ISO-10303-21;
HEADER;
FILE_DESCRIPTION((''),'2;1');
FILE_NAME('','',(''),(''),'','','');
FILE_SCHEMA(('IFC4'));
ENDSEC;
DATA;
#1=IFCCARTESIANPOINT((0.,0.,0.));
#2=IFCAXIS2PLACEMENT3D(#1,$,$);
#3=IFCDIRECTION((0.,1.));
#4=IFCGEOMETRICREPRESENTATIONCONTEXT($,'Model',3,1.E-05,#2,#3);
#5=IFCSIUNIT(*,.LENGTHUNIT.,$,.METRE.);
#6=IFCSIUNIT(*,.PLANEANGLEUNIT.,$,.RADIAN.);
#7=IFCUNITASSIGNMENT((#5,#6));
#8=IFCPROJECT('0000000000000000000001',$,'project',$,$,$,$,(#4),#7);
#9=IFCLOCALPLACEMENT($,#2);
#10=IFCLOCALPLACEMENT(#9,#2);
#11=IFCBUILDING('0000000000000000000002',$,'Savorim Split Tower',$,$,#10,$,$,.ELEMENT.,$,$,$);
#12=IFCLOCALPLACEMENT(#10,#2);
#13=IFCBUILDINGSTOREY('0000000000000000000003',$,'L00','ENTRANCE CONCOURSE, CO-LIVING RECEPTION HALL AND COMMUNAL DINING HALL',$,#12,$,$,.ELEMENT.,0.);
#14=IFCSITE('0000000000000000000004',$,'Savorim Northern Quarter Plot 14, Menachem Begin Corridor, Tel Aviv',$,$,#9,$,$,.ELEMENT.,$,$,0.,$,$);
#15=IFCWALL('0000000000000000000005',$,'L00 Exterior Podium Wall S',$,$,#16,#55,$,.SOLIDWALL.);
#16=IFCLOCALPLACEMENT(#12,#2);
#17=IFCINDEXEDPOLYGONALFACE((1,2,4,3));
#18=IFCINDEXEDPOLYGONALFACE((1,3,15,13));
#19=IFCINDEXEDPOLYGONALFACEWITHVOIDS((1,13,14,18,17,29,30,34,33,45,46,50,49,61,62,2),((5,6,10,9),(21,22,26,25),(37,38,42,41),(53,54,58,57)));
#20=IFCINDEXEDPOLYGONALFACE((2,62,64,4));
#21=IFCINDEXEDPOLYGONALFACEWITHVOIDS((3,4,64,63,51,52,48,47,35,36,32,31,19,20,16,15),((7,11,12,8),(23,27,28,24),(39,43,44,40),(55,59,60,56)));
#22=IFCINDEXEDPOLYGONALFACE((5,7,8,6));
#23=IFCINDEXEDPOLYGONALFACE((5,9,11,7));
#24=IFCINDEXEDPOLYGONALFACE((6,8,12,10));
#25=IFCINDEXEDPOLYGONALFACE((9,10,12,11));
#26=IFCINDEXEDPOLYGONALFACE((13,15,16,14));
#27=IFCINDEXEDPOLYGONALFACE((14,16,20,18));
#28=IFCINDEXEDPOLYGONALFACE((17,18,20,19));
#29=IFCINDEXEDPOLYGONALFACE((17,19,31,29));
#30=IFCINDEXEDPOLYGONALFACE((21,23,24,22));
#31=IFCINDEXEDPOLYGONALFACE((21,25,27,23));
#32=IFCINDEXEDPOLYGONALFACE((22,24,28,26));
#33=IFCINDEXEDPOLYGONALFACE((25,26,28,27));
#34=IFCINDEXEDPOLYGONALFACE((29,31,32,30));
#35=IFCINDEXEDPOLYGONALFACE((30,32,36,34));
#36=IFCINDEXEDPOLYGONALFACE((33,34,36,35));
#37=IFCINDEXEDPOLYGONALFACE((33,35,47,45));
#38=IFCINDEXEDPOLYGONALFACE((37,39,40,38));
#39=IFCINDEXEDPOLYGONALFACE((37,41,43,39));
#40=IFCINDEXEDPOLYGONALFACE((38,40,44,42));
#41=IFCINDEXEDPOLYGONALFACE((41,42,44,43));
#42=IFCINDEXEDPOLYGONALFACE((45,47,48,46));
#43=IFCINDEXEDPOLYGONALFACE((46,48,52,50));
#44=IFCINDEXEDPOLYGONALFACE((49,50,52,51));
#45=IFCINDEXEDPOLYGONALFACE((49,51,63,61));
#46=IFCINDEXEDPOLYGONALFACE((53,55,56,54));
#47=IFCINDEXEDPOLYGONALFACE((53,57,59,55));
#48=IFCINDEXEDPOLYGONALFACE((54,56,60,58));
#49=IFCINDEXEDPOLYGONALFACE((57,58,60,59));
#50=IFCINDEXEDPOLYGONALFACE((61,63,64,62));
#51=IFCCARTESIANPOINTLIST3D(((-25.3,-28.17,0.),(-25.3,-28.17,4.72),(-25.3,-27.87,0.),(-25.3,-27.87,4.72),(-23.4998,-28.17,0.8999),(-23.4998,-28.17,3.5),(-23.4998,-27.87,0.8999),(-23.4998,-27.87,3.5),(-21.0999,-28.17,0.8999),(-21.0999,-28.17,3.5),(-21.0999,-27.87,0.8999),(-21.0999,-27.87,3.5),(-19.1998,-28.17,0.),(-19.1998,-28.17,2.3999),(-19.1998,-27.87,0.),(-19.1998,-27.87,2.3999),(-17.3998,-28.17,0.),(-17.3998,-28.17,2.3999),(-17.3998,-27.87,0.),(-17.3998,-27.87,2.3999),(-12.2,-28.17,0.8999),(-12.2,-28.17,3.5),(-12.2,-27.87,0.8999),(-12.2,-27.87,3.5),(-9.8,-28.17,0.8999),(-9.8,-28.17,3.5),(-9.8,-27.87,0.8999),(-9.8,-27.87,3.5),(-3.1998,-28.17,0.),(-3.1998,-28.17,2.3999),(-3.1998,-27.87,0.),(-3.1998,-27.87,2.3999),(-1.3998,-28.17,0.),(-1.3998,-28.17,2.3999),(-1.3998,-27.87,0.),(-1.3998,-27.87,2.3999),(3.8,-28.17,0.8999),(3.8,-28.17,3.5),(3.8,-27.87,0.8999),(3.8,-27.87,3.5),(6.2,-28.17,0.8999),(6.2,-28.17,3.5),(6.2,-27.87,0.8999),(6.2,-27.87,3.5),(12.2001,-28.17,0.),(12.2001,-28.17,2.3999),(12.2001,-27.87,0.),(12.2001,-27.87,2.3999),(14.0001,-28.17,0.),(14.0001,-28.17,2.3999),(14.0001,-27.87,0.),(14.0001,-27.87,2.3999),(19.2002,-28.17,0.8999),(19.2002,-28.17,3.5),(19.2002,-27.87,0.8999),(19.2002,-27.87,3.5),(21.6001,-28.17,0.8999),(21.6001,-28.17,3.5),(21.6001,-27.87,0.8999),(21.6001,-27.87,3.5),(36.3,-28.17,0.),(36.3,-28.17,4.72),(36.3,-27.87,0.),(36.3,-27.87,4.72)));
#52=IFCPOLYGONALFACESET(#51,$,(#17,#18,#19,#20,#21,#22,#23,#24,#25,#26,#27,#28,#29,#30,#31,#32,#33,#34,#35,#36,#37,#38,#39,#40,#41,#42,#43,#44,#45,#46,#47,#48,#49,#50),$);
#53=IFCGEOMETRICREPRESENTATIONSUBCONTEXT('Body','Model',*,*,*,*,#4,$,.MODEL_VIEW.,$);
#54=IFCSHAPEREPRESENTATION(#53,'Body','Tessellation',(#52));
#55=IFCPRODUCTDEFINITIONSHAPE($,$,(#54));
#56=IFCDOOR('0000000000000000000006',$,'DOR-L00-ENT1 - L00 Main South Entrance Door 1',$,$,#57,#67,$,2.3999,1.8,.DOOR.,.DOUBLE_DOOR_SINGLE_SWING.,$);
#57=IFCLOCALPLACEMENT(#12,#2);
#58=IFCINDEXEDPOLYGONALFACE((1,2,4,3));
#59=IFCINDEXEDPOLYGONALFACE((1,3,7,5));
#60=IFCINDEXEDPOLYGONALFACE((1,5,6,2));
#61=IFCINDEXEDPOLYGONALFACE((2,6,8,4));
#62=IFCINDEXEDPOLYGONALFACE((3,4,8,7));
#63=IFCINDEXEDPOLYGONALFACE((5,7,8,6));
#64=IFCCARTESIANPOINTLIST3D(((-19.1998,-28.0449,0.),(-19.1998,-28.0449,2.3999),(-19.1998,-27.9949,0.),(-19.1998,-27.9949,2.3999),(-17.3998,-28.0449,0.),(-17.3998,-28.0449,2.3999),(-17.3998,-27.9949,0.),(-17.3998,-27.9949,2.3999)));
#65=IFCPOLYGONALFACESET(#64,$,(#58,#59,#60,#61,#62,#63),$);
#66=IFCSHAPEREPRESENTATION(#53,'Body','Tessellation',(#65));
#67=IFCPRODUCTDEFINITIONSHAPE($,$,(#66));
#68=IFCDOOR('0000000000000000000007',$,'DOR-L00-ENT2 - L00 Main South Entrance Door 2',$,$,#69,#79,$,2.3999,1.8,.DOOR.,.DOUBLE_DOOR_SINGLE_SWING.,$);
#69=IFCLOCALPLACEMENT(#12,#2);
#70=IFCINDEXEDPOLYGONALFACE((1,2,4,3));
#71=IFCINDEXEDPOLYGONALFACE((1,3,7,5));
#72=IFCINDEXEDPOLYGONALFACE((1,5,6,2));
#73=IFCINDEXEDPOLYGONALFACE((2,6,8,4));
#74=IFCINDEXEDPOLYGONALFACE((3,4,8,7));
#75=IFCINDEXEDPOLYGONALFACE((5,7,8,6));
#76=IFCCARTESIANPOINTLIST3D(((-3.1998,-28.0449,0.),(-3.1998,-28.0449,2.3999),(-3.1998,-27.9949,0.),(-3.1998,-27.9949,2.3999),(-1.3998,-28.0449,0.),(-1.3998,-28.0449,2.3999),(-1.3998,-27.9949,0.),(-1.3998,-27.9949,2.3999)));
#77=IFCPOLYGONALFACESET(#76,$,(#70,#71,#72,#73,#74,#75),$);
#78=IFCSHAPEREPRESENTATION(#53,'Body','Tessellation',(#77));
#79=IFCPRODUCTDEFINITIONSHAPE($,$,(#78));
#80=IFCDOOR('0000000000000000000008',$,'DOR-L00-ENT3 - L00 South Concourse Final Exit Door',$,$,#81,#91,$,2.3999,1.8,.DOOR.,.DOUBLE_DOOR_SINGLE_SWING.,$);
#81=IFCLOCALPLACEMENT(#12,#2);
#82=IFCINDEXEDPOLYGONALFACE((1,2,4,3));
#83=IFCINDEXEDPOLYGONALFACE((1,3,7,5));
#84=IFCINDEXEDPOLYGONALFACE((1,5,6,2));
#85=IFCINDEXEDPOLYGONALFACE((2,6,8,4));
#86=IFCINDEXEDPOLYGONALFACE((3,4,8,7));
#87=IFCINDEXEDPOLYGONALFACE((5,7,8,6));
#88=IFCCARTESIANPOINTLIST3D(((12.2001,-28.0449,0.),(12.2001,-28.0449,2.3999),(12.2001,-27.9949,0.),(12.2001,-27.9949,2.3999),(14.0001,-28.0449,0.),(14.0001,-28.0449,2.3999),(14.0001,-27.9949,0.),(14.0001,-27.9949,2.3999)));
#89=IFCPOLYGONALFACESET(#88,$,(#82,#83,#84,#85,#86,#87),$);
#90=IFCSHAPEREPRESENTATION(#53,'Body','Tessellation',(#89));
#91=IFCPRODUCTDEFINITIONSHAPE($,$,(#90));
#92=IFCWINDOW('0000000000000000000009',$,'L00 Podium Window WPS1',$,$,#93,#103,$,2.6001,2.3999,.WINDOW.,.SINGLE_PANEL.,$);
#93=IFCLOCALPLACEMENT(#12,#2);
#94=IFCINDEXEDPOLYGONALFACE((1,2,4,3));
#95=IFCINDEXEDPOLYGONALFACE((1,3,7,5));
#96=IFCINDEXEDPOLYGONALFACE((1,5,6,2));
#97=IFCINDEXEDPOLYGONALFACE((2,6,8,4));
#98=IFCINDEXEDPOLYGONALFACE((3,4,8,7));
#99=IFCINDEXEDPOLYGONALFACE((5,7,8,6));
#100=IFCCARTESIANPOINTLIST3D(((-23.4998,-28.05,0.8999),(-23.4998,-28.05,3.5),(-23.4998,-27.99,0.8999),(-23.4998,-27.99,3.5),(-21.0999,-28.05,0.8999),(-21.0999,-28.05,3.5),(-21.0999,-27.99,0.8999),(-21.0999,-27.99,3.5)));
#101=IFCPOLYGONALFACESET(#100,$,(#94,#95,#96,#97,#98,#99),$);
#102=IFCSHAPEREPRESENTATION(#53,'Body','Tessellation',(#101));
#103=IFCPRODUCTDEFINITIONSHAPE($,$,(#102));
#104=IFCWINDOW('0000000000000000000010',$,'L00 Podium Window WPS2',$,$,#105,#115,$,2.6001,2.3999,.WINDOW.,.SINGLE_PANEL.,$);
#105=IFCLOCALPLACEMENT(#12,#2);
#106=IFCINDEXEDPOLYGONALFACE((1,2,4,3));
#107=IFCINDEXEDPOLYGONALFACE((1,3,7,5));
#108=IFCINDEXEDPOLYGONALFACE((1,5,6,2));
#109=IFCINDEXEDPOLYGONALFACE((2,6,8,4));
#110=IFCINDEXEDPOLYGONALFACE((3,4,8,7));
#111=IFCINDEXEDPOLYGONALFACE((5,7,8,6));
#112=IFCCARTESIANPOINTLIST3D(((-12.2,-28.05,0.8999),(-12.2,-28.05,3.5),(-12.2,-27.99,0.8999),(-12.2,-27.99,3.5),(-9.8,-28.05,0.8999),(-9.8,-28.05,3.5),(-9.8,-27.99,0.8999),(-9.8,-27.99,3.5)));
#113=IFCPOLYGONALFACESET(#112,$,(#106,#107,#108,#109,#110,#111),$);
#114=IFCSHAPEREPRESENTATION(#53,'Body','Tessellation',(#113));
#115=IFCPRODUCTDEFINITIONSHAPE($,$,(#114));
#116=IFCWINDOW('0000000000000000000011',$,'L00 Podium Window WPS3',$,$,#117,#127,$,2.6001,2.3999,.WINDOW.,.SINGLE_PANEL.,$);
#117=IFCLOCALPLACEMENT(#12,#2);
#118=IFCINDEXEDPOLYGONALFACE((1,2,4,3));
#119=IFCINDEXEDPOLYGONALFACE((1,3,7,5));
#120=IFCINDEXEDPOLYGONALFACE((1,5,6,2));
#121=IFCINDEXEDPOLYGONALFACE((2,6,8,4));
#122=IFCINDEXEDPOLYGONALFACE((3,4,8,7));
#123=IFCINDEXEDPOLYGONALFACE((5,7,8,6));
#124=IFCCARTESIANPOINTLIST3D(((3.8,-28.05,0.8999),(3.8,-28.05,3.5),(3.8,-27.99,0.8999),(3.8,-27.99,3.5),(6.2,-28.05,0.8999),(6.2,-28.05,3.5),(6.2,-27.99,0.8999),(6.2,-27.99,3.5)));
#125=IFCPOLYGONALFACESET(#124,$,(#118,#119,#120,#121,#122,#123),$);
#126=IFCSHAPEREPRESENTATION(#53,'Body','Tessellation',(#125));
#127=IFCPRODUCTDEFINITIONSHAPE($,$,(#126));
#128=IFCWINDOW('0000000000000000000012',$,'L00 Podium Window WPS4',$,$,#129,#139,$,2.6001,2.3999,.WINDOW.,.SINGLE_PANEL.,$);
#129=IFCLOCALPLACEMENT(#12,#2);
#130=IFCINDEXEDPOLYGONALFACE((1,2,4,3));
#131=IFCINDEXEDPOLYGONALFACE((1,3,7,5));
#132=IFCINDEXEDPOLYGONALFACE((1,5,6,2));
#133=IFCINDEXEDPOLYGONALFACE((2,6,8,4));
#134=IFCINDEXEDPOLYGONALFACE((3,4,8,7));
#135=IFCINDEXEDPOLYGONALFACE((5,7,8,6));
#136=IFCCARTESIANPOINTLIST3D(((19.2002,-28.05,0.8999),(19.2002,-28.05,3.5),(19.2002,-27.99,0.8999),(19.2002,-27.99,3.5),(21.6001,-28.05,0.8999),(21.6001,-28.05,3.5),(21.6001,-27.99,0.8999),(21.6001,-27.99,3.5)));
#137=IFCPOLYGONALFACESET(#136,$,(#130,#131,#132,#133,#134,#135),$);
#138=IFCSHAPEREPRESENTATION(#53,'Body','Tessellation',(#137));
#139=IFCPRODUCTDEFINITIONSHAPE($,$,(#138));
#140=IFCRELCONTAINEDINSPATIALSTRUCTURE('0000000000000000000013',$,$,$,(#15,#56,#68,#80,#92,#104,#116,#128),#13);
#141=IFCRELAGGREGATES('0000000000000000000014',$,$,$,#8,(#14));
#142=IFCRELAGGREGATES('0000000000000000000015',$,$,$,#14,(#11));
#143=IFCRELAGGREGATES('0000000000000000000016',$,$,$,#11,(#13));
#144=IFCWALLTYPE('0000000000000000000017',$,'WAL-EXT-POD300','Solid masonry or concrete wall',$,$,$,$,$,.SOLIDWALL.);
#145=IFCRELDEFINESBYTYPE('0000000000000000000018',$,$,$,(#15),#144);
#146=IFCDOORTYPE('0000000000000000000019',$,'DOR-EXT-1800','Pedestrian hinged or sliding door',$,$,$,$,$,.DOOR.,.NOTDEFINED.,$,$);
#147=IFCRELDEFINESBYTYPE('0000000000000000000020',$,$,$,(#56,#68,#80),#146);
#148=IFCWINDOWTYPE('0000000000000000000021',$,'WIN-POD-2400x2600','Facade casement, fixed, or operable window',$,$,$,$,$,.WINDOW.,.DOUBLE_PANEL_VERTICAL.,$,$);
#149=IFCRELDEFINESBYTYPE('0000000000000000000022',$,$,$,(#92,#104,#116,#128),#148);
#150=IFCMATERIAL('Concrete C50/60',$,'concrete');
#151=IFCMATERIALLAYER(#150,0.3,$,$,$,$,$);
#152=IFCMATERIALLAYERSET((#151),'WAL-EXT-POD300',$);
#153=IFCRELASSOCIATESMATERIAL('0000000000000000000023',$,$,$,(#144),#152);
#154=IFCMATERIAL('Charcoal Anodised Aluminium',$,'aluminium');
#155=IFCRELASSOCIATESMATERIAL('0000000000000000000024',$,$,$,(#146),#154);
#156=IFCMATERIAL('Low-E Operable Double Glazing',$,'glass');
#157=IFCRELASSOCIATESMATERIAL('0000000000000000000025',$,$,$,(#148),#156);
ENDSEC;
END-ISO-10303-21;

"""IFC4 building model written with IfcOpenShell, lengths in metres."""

from ifc_helpers import new_model, si_unit, direction, frame, frame_2d, origin, place, context, subcontext, project, spatial, rectangle, extrude, material, layer, layer_set, type_object, element, fill, save


model = new_model("IFC4")

# Units and contexts
model_context = context("Model", 3, precision=1e-05, world=origin(), true_north=direction((0.0, 1.0)))
body_context = subcontext(model_context, "Body", "Model", "MODEL_VIEW")
ifc_project = project(units=[si_unit("LENGTHUNIT", "METRE"), si_unit("PLANEANGLEUNIT", "RADIAN")], contexts=[model_context])

# Site, building, storey
site_placement = place(None, origin())
site = spatial("IfcSite", under=ifc_project, at=site_placement, Name="Savorim Northern Quarter Plot 14, Menachem Begin Corridor, Tel Aviv", CompositionType="ELEMENT", RefElevation=0.0)
building_placement = place(site_placement, origin())
building = spatial("IfcBuilding", under=site, at=building_placement, Name="Savorim Split Tower", CompositionType="ELEMENT")
storey_placement = place(building_placement, origin())
storey = spatial("IfcBuildingStorey", under=building, at=storey_placement, Name="L00", Description="ENTRANCE CONCOURSE, CO-LIVING RECEPTION HALL AND COMMUNAL DINING HALL", CompositionType="ELEMENT", Elevation=0.0)

# Shared definitions
ifc_material_1 = material(Name="Charcoal Anodised Aluminium", Category="aluminium")
ifc_material_2 = material(Name="Low-E Operable Double Glazing", Category="glass")

# Wall, openings, doors, windows
ifc_material_3 = material(Name="Concrete C50/60", Category="concrete")
ifc_layer_1 = layer(ifc_material_3, 0.3)
ifc_layer_set_1 = layer_set([ifc_layer_1], Name="WAL-EXT-POD300")
wall_type = type_object("IfcWallType", Name="WAL-EXT-POD300", Description="Solid masonry or concrete wall", PredefinedType="SOLIDWALL", material=ifc_layer_set_1)
wall_placement = place(storey_placement, frame((36.3, -28.02, 0.0), z_axis=(0.0, 0.0, 1.0), x_axis=(-1.0, 0.0, 0.0)))
wall = element("IfcWall", 1, at=wall_placement, inside=storey, type_object=wall_type, Name="L00 Exterior Podium Wall S", PredefinedType="SOLIDWALL", context=body_context, shape_type="SweptSolid", body=[
    extrude(rectangle(XDim=61.6001, YDim=0.3, at=frame_2d((30.8, 0.0))), origin(), (0.0, 0.0, 1.0), 4.72),
])
opening_1_placement = place(wall_placement, frame((53.7, 0.0, 0.0)))
opening_1 = element("IfcOpeningElement", 2, at=opening_1_placement, cuts=wall, PredefinedType="OPENING", context=body_context, shape_type="SweptSolid", body=[
    extrude(rectangle(XDim=1.8, YDim=2.3999, at=frame_2d((0.8999, 1.2))), frame((0.0, 0.1599, 0.0), z_axis=(0.0, -1.0, 0.0), x_axis=(1.0, 0.0, 0.0)), (0.0, 0.0, 1.0), 0.3201),
])
opening_2_placement = place(wall_placement, frame((37.7, 0.0, 0.0)))
opening_2 = element("IfcOpeningElement", 3, at=opening_2_placement, cuts=wall, PredefinedType="OPENING", context=body_context, shape_type="SweptSolid", body=[
    extrude(rectangle(XDim=1.8, YDim=2.3999, at=frame_2d((0.8999, 1.2))), frame((0.0, 0.1599, 0.0), z_axis=(0.0, -1.0, 0.0), x_axis=(1.0, 0.0, 0.0)), (0.0, 0.0, 1.0), 0.3201),
])
opening_3_placement = place(wall_placement, frame((22.3, 0.0, 0.0)))
opening_3 = element("IfcOpeningElement", 4, at=opening_3_placement, cuts=wall, PredefinedType="OPENING", context=body_context, shape_type="SweptSolid", body=[
    extrude(rectangle(XDim=1.8, YDim=2.3999, at=frame_2d((0.8999, 1.2))), frame((0.0, 0.1599, 0.0), z_axis=(0.0, -1.0, 0.0), x_axis=(1.0, 0.0, 0.0)), (0.0, 0.0, 1.0), 0.3201),
])
opening_4_placement = place(wall_placement, frame((57.3999, 0.0, 0.8999)))
opening_4 = element("IfcOpeningElement", 5, at=opening_4_placement, cuts=wall, PredefinedType="OPENING", context=body_context, shape_type="SweptSolid", body=[
    extrude(rectangle(XDim=2.3999, YDim=2.6001, at=frame_2d((1.2, 1.3))), frame((0.0, 0.1599, 0.0), z_axis=(0.0, -1.0, 0.0), x_axis=(1.0, 0.0, 0.0)), (0.0, 0.0, 1.0), 0.3201),
])
opening_5_placement = place(wall_placement, frame((46.1001, 0.0, 0.8999)))
opening_5 = element("IfcOpeningElement", 6, at=opening_5_placement, cuts=wall, PredefinedType="OPENING", context=body_context, shape_type="SweptSolid", body=[
    extrude(rectangle(XDim=2.3999, YDim=2.6001, at=frame_2d((1.2, 1.3))), frame((0.0, 0.1599, 0.0), z_axis=(0.0, -1.0, 0.0), x_axis=(1.0, 0.0, 0.0)), (0.0, 0.0, 1.0), 0.3201),
])
opening_6_placement = place(wall_placement, frame((30.1001, 0.0, 0.8999)))
opening_6 = element("IfcOpeningElement", 7, at=opening_6_placement, cuts=wall, PredefinedType="OPENING", context=body_context, shape_type="SweptSolid", body=[
    extrude(rectangle(XDim=2.3999, YDim=2.6001, at=frame_2d((1.2, 1.3))), frame((0.0, 0.1599, 0.0), z_axis=(0.0, -1.0, 0.0), x_axis=(1.0, 0.0, 0.0)), (0.0, 0.0, 1.0), 0.3201),
])
opening_7_placement = place(wall_placement, frame((14.7, 0.0, 0.8999)))
opening_7 = element("IfcOpeningElement", 8, at=opening_7_placement, cuts=wall, PredefinedType="OPENING", context=body_context, shape_type="SweptSolid", body=[
    extrude(rectangle(XDim=2.3999, YDim=2.6001, at=frame_2d((1.2, 1.3))), frame((0.0, 0.1599, 0.0), z_axis=(0.0, -1.0, 0.0), x_axis=(1.0, 0.0, 0.0)), (0.0, 0.0, 1.0), 0.3201),
])
door_type = type_object("IfcDoorType", Name="DOR-EXT-1800", Description="Pedestrian hinged or sliding door", OperationType="NOTDEFINED", PredefinedType="DOOR", material=ifc_material_1)
door_1_placement = place(opening_1_placement, origin())
door_1 = element("IfcDoor", 9, at=door_1_placement, inside=storey, type_object=door_type, Name="DOR-L00-ENT1 - L00 Main South Entrance Door 1", OperationType="DOUBLE_DOOR_SINGLE_SWING", OverallHeight=2.3999, OverallWidth=1.8, PredefinedType="DOOR", context=body_context, shape_type="SweptSolid", body=[
    extrude(rectangle(XDim=1.8, YDim=2.3999, at=frame_2d((0.8999, 1.2))), frame((0.0, 0.0249, 0.0), z_axis=(0.0, -1.0, 0.0), x_axis=(1.0, 0.0, 0.0)), (0.0, 0.0, 1.0), 0.05),
])
fill(opening_1, door_1)
door_2_placement = place(opening_2_placement, origin())
door_2 = element("IfcDoor", 10, at=door_2_placement, inside=storey, type_object=door_type, Name="DOR-L00-ENT2 - L00 Main South Entrance Door 2", OperationType="DOUBLE_DOOR_SINGLE_SWING", OverallHeight=2.3999, OverallWidth=1.8, PredefinedType="DOOR", context=body_context, shape_type="SweptSolid", body=[
    extrude(rectangle(XDim=1.8, YDim=2.3999, at=frame_2d((0.8999, 1.2))), frame((0.0, 0.0249, 0.0), z_axis=(0.0, -1.0, 0.0), x_axis=(1.0, 0.0, 0.0)), (0.0, 0.0, 1.0), 0.05),
])
fill(opening_2, door_2)
door_3_placement = place(opening_3_placement, origin())
door_3 = element("IfcDoor", 11, at=door_3_placement, inside=storey, type_object=door_type, Name="DOR-L00-ENT3 - L00 South Concourse Final Exit Door", OperationType="DOUBLE_DOOR_SINGLE_SWING", OverallHeight=2.3999, OverallWidth=1.8, PredefinedType="DOOR", context=body_context, shape_type="SweptSolid", body=[
    extrude(rectangle(XDim=1.8, YDim=2.3999, at=frame_2d((0.8999, 1.2))), frame((0.0, 0.0249, 0.0), z_axis=(0.0, -1.0, 0.0), x_axis=(1.0, 0.0, 0.0)), (0.0, 0.0, 1.0), 0.05),
])
fill(opening_3, door_3)
window_type = type_object("IfcWindowType", Name="WIN-POD-2400x2600", Description="Facade casement, fixed, or operable window", PartitioningType="DOUBLE_PANEL_VERTICAL", PredefinedType="WINDOW", material=ifc_material_2)
window_1_placement = place(opening_4_placement, origin())
window_1 = element("IfcWindow", 12, at=window_1_placement, inside=storey, type_object=window_type, Name="L00 Podium Window WPS1", OverallHeight=2.6001, OverallWidth=2.3999, PartitioningType="SINGLE_PANEL", PredefinedType="WINDOW", context=body_context, shape_type="SweptSolid", body=[
    extrude(rectangle(XDim=2.3999, YDim=2.6001, at=frame_2d((1.2, 1.3))), frame((0.0, 0.03, 0.0), z_axis=(0.0, -1.0, 0.0), x_axis=(1.0, 0.0, 0.0)), (0.0, 0.0, 1.0), 0.0601),
])
fill(opening_4, window_1)
window_2_placement = place(opening_5_placement, origin())
window_2 = element("IfcWindow", 13, at=window_2_placement, inside=storey, type_object=window_type, Name="L00 Podium Window WPS2", OverallHeight=2.6001, OverallWidth=2.3999, PartitioningType="SINGLE_PANEL", PredefinedType="WINDOW", context=body_context, shape_type="SweptSolid", body=[
    extrude(rectangle(XDim=2.3999, YDim=2.6001, at=frame_2d((1.2, 1.3))), frame((0.0, 0.03, 0.0), z_axis=(0.0, -1.0, 0.0), x_axis=(1.0, 0.0, 0.0)), (0.0, 0.0, 1.0), 0.0601),
])
fill(opening_5, window_2)
window_3_placement = place(opening_6_placement, origin())
window_3 = element("IfcWindow", 14, at=window_3_placement, inside=storey, type_object=window_type, Name="L00 Podium Window WPS3", OverallHeight=2.6001, OverallWidth=2.3999, PartitioningType="SINGLE_PANEL", PredefinedType="WINDOW", context=body_context, shape_type="SweptSolid", body=[
    extrude(rectangle(XDim=2.3999, YDim=2.6001, at=frame_2d((1.2, 1.3))), frame((0.0, 0.03, 0.0), z_axis=(0.0, -1.0, 0.0), x_axis=(1.0, 0.0, 0.0)), (0.0, 0.0, 1.0), 0.0601),
])
fill(opening_6, window_3)
window_4_placement = place(opening_7_placement, origin())
window_4 = element("IfcWindow", 15, at=window_4_placement, inside=storey, type_object=window_type, Name="L00 Podium Window WPS4", OverallHeight=2.6001, OverallWidth=2.3999, PartitioningType="SINGLE_PANEL", PredefinedType="WINDOW", context=body_context, shape_type="SweptSolid", body=[
    extrude(rectangle(XDim=2.3999, YDim=2.6001, at=frame_2d((1.2, 1.3))), frame((0.0, 0.03, 0.0), z_axis=(0.0, -1.0, 0.0), x_axis=(1.0, 0.0, 0.0)), (0.0, 0.0, 1.0), 0.0601),
])
fill(opening_7, window_4)

save(model, "model.ifc")
